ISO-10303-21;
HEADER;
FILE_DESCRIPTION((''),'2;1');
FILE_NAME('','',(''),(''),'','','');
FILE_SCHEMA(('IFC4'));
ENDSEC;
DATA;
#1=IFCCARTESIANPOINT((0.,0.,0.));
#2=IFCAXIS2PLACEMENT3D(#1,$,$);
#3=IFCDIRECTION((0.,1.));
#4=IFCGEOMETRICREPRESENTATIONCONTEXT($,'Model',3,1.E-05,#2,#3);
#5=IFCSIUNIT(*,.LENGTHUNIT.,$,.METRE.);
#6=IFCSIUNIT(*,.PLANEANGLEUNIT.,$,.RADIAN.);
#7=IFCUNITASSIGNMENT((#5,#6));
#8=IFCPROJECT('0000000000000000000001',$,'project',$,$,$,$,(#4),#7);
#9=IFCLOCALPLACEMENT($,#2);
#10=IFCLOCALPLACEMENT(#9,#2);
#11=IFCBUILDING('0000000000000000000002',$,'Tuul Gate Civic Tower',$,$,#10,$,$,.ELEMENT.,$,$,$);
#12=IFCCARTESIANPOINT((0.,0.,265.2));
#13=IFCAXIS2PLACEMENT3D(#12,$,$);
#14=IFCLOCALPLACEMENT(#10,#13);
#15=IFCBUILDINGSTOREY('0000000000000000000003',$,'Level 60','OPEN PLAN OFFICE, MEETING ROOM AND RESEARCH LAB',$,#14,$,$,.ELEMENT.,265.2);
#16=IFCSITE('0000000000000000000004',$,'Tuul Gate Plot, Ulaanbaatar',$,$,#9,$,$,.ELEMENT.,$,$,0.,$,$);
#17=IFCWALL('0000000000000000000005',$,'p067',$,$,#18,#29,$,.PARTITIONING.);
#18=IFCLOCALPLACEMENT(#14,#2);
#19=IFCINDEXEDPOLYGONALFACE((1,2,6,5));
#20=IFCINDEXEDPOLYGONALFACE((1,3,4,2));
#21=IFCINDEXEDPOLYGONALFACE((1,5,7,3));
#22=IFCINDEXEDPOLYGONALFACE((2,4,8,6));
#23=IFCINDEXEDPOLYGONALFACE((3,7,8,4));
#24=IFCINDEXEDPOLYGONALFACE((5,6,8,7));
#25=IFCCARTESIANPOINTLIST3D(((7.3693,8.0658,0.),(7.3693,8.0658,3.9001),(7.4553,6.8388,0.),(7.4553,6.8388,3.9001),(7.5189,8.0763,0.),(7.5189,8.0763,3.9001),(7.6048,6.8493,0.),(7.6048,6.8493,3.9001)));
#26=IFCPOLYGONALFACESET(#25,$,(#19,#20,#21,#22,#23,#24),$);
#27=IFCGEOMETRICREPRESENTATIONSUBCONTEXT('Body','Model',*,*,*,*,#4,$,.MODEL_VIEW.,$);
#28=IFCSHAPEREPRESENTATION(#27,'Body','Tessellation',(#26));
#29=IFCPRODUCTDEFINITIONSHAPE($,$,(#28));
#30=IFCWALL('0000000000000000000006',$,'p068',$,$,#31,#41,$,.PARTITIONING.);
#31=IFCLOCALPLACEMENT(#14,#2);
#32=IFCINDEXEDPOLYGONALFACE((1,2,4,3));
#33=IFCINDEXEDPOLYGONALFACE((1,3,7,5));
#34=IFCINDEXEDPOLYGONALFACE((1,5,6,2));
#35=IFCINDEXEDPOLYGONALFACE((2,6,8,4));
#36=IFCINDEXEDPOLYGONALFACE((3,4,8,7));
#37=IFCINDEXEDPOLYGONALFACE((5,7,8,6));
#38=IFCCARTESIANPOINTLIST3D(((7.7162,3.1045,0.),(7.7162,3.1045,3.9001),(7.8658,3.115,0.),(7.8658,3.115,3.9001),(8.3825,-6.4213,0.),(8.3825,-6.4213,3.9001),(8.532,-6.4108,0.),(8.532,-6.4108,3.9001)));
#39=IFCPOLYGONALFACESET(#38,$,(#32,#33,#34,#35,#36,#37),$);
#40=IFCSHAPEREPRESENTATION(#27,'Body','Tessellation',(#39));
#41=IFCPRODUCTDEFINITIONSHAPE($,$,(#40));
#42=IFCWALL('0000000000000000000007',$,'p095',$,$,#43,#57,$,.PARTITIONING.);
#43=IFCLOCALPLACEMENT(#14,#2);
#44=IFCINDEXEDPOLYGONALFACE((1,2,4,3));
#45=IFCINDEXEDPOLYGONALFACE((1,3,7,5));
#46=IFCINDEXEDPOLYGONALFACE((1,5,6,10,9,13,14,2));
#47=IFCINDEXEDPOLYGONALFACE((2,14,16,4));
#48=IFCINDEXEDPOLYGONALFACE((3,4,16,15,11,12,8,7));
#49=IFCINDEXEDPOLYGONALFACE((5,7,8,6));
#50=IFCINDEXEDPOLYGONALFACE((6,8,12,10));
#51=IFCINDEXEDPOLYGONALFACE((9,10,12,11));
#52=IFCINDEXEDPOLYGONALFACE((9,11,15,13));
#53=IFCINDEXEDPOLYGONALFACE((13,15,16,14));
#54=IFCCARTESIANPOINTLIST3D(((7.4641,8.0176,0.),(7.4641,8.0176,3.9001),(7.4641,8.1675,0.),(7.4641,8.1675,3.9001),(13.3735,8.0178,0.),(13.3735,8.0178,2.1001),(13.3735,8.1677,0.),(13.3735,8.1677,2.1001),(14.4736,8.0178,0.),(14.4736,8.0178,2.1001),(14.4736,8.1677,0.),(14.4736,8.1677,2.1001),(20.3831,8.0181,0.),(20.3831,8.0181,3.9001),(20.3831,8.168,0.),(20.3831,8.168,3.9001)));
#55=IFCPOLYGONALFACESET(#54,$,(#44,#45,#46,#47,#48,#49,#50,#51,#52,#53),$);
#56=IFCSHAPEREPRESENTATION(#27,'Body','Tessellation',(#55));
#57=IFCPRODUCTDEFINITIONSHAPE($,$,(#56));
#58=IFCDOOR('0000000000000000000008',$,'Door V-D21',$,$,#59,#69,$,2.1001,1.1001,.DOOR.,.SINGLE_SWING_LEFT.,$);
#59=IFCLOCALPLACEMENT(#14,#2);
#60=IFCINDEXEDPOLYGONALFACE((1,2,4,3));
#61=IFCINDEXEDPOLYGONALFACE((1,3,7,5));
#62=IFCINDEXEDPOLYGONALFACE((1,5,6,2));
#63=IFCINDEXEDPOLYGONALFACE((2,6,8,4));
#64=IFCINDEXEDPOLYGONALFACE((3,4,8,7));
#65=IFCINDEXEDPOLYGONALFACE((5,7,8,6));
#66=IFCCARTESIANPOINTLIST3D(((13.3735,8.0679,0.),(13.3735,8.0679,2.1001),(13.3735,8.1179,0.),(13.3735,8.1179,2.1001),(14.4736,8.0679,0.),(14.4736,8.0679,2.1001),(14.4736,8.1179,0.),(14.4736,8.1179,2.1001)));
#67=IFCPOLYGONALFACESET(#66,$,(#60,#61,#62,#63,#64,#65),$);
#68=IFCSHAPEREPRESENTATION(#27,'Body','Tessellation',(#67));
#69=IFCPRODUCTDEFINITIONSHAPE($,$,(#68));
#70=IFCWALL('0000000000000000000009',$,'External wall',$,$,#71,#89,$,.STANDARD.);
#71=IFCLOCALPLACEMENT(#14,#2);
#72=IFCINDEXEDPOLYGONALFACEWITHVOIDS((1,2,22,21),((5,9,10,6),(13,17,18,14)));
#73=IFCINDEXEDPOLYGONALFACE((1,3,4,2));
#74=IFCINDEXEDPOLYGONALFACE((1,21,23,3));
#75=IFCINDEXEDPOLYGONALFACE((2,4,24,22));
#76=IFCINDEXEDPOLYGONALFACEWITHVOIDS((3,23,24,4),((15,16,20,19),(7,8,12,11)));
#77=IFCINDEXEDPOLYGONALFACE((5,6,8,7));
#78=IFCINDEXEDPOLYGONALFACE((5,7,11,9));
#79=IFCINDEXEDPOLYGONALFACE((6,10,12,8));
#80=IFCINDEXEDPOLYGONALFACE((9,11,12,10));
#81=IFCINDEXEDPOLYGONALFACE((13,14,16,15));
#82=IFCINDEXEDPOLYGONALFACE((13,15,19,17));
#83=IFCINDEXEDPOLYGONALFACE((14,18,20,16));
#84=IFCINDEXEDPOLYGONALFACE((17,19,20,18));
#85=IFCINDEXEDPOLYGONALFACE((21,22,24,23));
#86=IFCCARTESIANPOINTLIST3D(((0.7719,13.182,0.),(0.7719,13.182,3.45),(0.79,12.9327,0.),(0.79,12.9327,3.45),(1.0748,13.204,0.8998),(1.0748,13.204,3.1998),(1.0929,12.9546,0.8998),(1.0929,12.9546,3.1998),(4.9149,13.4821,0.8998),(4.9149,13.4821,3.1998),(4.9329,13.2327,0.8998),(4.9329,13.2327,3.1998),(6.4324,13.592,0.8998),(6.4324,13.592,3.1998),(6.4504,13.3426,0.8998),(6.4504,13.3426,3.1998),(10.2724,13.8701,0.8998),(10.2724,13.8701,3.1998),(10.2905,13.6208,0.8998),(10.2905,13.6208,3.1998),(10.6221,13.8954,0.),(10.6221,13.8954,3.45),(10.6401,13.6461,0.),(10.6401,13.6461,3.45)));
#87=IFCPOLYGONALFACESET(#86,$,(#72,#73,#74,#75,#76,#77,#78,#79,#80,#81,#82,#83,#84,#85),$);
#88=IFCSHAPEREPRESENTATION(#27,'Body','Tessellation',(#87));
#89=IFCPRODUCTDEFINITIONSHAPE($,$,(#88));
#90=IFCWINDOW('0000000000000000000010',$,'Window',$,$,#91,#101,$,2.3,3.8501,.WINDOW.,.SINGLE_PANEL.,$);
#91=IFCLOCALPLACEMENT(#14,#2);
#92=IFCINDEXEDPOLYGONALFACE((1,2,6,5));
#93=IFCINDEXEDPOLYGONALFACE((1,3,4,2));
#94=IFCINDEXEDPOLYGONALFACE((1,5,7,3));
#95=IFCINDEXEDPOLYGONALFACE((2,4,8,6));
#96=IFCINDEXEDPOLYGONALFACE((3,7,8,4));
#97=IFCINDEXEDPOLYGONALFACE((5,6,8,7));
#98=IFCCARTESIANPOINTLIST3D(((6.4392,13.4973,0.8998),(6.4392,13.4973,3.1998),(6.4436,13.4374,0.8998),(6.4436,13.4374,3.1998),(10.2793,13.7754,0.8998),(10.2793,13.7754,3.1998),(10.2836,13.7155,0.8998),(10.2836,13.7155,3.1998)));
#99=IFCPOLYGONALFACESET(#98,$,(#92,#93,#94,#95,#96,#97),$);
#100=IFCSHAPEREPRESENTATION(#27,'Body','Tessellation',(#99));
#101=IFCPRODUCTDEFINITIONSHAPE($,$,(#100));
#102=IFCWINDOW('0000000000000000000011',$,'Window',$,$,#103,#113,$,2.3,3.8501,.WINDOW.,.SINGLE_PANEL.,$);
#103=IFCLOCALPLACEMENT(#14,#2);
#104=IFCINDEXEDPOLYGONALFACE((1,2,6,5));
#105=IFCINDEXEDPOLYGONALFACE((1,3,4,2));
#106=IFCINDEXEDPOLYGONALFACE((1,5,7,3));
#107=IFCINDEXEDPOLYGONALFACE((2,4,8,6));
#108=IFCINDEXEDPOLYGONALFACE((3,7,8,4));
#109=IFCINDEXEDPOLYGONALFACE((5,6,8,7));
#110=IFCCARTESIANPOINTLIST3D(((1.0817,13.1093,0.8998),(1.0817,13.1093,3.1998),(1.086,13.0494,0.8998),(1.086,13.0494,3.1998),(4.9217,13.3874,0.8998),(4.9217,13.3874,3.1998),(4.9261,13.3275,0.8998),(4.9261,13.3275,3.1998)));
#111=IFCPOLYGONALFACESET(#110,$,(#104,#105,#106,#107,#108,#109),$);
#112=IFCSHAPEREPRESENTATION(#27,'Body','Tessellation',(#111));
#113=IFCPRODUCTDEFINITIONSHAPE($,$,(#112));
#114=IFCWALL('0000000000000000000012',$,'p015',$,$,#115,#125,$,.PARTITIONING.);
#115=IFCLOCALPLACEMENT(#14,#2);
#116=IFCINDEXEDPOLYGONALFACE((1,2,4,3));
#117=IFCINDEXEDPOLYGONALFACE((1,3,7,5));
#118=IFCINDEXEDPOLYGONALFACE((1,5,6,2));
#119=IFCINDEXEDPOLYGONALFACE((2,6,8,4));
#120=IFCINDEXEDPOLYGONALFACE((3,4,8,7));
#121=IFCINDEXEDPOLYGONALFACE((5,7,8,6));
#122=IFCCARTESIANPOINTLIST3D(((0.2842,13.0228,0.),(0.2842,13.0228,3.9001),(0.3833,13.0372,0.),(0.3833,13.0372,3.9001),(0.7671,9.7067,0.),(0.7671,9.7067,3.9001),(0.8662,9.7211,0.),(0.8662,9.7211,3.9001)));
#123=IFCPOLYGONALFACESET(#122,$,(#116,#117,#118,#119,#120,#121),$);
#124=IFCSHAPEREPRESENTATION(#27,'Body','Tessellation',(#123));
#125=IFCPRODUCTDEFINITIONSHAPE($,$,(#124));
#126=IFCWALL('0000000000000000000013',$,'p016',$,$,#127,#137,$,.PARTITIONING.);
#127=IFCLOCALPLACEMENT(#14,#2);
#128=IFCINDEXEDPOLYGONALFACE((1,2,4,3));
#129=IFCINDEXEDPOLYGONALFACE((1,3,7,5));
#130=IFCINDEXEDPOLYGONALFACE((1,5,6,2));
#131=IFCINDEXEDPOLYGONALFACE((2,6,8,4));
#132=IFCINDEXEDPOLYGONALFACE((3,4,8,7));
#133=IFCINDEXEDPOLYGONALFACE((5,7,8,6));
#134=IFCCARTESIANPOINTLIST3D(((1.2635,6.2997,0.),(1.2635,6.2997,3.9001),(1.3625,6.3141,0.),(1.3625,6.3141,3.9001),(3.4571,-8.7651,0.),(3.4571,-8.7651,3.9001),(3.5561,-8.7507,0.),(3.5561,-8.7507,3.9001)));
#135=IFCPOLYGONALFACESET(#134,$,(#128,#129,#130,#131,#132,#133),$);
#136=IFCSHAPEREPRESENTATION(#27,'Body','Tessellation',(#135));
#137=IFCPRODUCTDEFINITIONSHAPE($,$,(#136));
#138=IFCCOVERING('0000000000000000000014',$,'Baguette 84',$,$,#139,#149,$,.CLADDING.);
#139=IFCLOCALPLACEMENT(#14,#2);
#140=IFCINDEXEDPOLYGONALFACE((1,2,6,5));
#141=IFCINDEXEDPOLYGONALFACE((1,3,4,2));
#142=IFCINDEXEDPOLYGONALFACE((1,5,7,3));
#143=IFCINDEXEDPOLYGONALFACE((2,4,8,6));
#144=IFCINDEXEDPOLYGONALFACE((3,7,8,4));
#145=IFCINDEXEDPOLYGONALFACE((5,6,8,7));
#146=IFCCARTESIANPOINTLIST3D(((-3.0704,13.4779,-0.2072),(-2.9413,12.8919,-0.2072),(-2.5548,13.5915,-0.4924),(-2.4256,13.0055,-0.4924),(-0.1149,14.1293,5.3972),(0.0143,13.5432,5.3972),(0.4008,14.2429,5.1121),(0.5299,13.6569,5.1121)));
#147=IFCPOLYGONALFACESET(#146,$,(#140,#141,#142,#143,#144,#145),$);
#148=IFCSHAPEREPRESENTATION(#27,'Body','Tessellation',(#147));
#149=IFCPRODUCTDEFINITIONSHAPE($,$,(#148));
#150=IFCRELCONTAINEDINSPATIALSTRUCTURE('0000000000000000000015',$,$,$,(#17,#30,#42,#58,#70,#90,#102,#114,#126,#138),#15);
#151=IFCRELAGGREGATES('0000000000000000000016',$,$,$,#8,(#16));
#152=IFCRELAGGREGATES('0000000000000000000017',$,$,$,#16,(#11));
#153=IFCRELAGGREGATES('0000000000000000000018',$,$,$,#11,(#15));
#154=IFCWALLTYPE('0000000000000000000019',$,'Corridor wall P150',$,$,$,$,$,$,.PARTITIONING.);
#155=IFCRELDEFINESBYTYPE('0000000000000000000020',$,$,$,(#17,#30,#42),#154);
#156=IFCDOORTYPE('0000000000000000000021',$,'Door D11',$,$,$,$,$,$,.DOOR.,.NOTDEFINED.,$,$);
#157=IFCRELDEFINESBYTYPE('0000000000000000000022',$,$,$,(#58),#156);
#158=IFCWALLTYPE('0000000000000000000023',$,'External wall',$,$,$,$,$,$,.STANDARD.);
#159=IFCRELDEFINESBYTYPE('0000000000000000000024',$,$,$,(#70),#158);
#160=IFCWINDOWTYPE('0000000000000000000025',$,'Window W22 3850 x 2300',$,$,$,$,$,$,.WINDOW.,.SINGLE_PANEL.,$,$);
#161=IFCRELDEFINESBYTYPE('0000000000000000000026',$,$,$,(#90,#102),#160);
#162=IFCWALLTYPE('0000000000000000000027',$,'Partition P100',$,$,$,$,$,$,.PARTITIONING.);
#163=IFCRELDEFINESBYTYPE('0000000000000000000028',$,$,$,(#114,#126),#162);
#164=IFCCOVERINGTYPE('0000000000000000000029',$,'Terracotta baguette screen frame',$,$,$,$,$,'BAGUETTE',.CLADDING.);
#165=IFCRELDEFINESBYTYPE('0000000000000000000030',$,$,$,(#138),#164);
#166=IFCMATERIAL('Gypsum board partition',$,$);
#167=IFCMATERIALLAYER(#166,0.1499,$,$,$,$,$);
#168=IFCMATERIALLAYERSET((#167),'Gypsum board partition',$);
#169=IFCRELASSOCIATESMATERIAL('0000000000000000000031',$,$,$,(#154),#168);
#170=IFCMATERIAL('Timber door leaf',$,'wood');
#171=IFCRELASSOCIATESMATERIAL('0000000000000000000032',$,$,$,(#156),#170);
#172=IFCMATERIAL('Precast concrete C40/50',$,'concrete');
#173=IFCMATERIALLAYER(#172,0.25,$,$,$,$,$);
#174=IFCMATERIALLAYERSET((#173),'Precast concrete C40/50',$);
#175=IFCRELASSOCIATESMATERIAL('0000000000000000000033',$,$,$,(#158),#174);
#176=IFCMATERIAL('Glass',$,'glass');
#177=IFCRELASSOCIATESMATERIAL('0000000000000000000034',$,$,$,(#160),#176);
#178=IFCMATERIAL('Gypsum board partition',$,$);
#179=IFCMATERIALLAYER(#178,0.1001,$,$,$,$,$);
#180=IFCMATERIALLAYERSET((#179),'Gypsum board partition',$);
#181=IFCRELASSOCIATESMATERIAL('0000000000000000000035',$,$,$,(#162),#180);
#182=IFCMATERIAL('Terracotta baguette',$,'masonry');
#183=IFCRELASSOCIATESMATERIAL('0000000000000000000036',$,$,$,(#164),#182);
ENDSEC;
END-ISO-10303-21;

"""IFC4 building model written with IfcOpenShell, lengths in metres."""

from ifc_helpers import new_model, si_unit, direction, frame, frame_2d, origin, origin_2d, place, context, subcontext, project, spatial, rectangle, extrude, material, layer, layer_set, material_profile, profile_set, type_object, element, fill, save


model = new_model("IFC4")

# Units and contexts
model_context = context("Model", 3, precision=1e-05, world=origin(), true_north=direction((0.0, 1.0)))
body_context = subcontext(model_context, "Body", "Model", "MODEL_VIEW")
ifc_project = project(units=[si_unit("LENGTHUNIT", "METRE"), si_unit("PLANEANGLEUNIT", "RADIAN")], contexts=[model_context])

# Site, building, storey
site_placement = place(None, origin())
site = spatial("IfcSite", under=ifc_project, at=site_placement, Name="Tuul Gate Plot, Ulaanbaatar", CompositionType="ELEMENT", RefElevation=0.0)
building_placement = place(site_placement, origin())
building = spatial("IfcBuilding", under=site, at=building_placement, Name="Tuul Gate Civic Tower", CompositionType="ELEMENT")
storey_placement = place(building_placement, frame((0.0, 0.0, 265.2)))
storey = spatial("IfcBuildingStorey", under=building, at=storey_placement, Name="Level 60", Description="OPEN PLAN OFFICE, MEETING ROOM AND RESEARCH LAB", CompositionType="ELEMENT", Elevation=265.2)

# Shared definitions
ifc_material_1 = material(Name="Gypsum board partition")
ifc_layer_1 = layer(ifc_material_1, 0.1499)
ifc_layer_set_1 = layer_set([ifc_layer_1], Name="Gypsum board partition")
wall_type_1 = type_object("IfcWallType", Name="Corridor wall P150", PredefinedType="PARTITIONING", material=ifc_layer_set_1)

# Walls
wall_1_placement = place(storey_placement, frame((7.4441, 8.071, 0.0), z_axis=(0.0, 0.0, 1.0), x_axis=(0.069865, -0.997556, 0.0)))
element("IfcWall", 1, at=wall_1_placement, inside=storey, type_object=wall_type_1, Name="p067", PredefinedType="PARTITIONING", context=body_context, shape_type="SweptSolid", body=[
    extrude(rectangle(XDim=1.23, YDim=0.1499, at=frame_2d((0.615, 0.0))), origin(), (0.0, 0.0, 1.0), 3.9001),
])
wall_2_placement = place(storey_placement, frame((7.791, 3.1096, 0.0), z_axis=(0.0, 0.0, 1.0), x_axis=(0.069772, -0.997563, 0.0)))
element("IfcWall", 2, at=wall_2_placement, inside=storey, type_object=wall_type_1, Name="p068", PredefinedType="PARTITIONING", context=body_context, shape_type="SweptSolid", body=[
    extrude(rectangle(XDim=9.5491, YDim=0.1499, at=frame_2d((4.7744, 0.0))), origin(), (0.0, 0.0, 1.0), 3.9001),
])

# Wall, opening, door
wall_3_placement = place(storey_placement, frame((7.4641, 8.0925, 0.0), z_axis=(0.0, 0.0, 1.0), x_axis=(1.0, 0.000038, 0.0)))
wall_3 = element("IfcWall", 3, at=wall_3_placement, inside=storey, type_object=wall_type_1, Name="p095", PredefinedType="PARTITIONING", context=body_context, shape_type="SweptSolid", body=[
    extrude(rectangle(XDim=12.9189, YDim=0.1499, at=frame_2d((6.4595, 0.0))), origin(), (0.0, 0.0, 1.0), 3.9001),
])
opening_1_placement = place(wall_3_placement, frame((5.9094, 0.0, 0.0)))
opening_1 = element("IfcOpeningElement", 4, at=opening_1_placement, cuts=wall_3, PredefinedType="OPENING", context=body_context, shape_type="SweptSolid", body=[
    extrude(rectangle(XDim=1.1001, YDim=2.1001, at=frame_2d((0.55, 1.05))), frame((0.0, 0.085, 0.0), z_axis=(0.0, -1.0, 0.0), x_axis=(1.0, 0.0, 0.0)), (0.0, 0.0, 1.0), 0.1699),
])
ifc_material_2 = material(Name="Timber door leaf", Category="wood")
door_type_1 = type_object("IfcDoorType", Name="Door D11", OperationType="NOTDEFINED", PredefinedType="DOOR", material=ifc_material_2)
door_1_placement = place(opening_1_placement, frame((1.1001, 0.0, 0.0), z_axis=(0.0, 0.0, 1.0), x_axis=(-1.0, 0.0, 0.0)))
door_1 = element("IfcDoor", 5, at=door_1_placement, inside=storey, type_object=door_type_1, Name="Door V-D21", OperationType="SINGLE_SWING_LEFT", OverallHeight=2.1001, OverallWidth=1.1001, PredefinedType="DOOR", context=body_context, shape_type="SweptSolid", body=[
    extrude(rectangle(XDim=1.1001, YDim=2.1001, at=frame_2d((0.55, 1.05))), frame((0.0, 0.0249, 0.0), z_axis=(0.0, -1.0, 0.0), x_axis=(1.0, 0.0, 0.0)), (0.0, 0.0, 1.0), 0.05),
])
fill(opening_1, door_1)

# Wall, openings, windows
ifc_material_3 = material(Name="Precast concrete C40/50", Category="concrete")
ifc_layer_2 = layer(ifc_material_3, 0.25)
ifc_layer_set_2 = layer_set([ifc_layer_2], Name="Precast concrete C40/50")
wall_type_2 = type_object("IfcWallType", Name="External wall", PredefinedType="STANDARD", material=ifc_layer_set_2)
wall_4_placement = place(storey_placement, frame((10.6311, 13.7708, 0.0), z_axis=(0.0, 0.0, 1.0), x_axis=(-0.997388, -0.072234, 0.0)))
wall_4 = element("IfcWall", 6, at=wall_4_placement, inside=storey, type_object=wall_type_2, Name="External wall", PredefinedType="STANDARD", context=body_context, shape_type="SweptSolid", body=[
    extrude(rectangle(XDim=9.876, YDim=0.25, at=frame_2d((4.938, 0.0))), origin(), (0.0, 0.0, 1.0), 3.45),
])
opening_2_placement = place(wall_4_placement, frame((0.3506, 0.0, 0.8999)))
opening_2 = element("IfcOpeningElement", 7, at=opening_2_placement, cuts=wall_4, PredefinedType="OPENING", context=body_context, shape_type="SweptSolid", body=[
    extrude(rectangle(XDim=3.8501, YDim=2.3, at=frame_2d((1.925, 1.1499))), frame((0.0, 0.135, 0.0), z_axis=(0.0, -1.0, 0.0), x_axis=(1.0, 0.0, 0.0)), (0.0, 0.0, 1.0), 0.27),
])
opening_3_placement = place(wall_4_placement, frame((5.7222, 0.0, 0.8999)))
opening_3 = element("IfcOpeningElement", 8, at=opening_3_placement, cuts=wall_4, PredefinedType="OPENING", context=body_context, shape_type="SweptSolid", body=[
    extrude(rectangle(XDim=3.8501, YDim=2.3, at=frame_2d((1.925, 1.1499))), frame((0.0, 0.135, 0.0), z_axis=(0.0, -1.0, 0.0), x_axis=(1.0, 0.0, 0.0)), (0.0, 0.0, 1.0), 0.27),
])
ifc_material_4 = material(Name="Glass", Category="glass")
window_type = type_object("IfcWindowType", Name="Window W22 3850 x 2300", PartitioningType="SINGLE_PANEL", PredefinedType="WINDOW", material=ifc_material_4)
window_1_placement = place(opening_2_placement, origin())
window_1 = element("IfcWindow", 9, at=window_1_placement, inside=storey, type_object=window_type, Name="Window", OverallHeight=2.3, OverallWidth=3.8501, PartitioningType="SINGLE_PANEL", PredefinedType="WINDOW", context=body_context, shape_type="SweptSolid", body=[
    extrude(rectangle(XDim=3.8501, YDim=2.3, at=frame_2d((1.925, 1.1499))), frame((0.0, 0.03, 0.0), z_axis=(0.0, -1.0, 0.0), x_axis=(1.0, 0.0, 0.0)), (0.0, 0.0, 1.0), 0.0601),
])
fill(opening_2, window_1)
window_2_placement = place(opening_3_placement, origin())
window_2 = element("IfcWindow", 10, at=window_2_placement, inside=storey, type_object=window_type, Name="Window", OverallHeight=2.3, OverallWidth=3.8501, PartitioningType="SINGLE_PANEL", PredefinedType="WINDOW", context=body_context, shape_type="SweptSolid", body=[
    extrude(rectangle(XDim=3.8501, YDim=2.3, at=frame_2d((1.925, 1.1499))), frame((0.0, 0.03, 0.0), z_axis=(0.0, -1.0, 0.0), x_axis=(1.0, 0.0, 0.0)), (0.0, 0.0, 1.0), 0.0601),
])
fill(opening_3, window_2)

# Walls
ifc_material_5 = material(Name="Gypsum board partition")
ifc_layer_3 = layer(ifc_material_5, 0.1001)
ifc_layer_set_3 = layer_set([ifc_layer_3], Name="Gypsum board partition")
wall_type_3 = type_object("IfcWallType", Name="Partition P100", PredefinedType="PARTITIONING", material=ifc_layer_set_3)
wall_5_placement = place(storey_placement, frame((0.3337, 13.03, 0.0), z_axis=(0.0, 0.0, 1.0), x_axis=(0.144103, -0.989563, 0.0)))
element("IfcWall", 11, at=wall_5_placement, inside=storey, type_object=wall_type_3, Name="p015", PredefinedType="PARTITIONING", context=body_context, shape_type="SweptSolid", body=[
    extrude(rectangle(XDim=3.3511, YDim=0.1001, at=frame_2d((1.6755, 0.0))), origin(), (0.0, 0.0, 1.0), 3.9001),
])
wall_6_placement = place(storey_placement, frame((1.313, 6.3069, 0.0), z_axis=(0.0, 0.0, 1.0), x_axis=(0.144093, -0.989564, 0.0)))
element("IfcWall", 12, at=wall_6_placement, inside=storey, type_object=wall_type_3, Name="p016", PredefinedType="PARTITIONING", context=body_context, shape_type="SweptSolid", body=[
    extrude(rectangle(XDim=15.2236, YDim=0.1001, at=frame_2d((7.6118, 0.0))), origin(), (0.0, 0.0, 1.0), 3.9001),
])

# Covering
ifc_material_6 = material(Name="Terracotta baguette", Category="masonry")
ifc_material_profile_1 = material_profile(ifc_material_6, rectangle(XDim=0.6001, YDim=0.6001, at=origin_2d()), Name="Terracotta baguette screen frame")
ifc_profile_set_1 = profile_set([ifc_material_profile_1], Name="Terracotta baguette")
covering_type = type_object("IfcCoveringType", Name="Terracotta baguette screen frame", ElementType="BAGUETTE", PredefinedType="CLADDING", material=ifc_profile_set_1)
covering_placement = place(storey_placement, frame((0.2075, 13.8931, 5.2546), z_axis=(-0.464022, -0.102264, -0.879901), x_axis=(0.215222, -0.976565, 0.0)))
element("IfcCovering", 13, at=covering_placement, inside=storey, type_object=covering_type, Name="Baguette 84", PredefinedType="CLADDING", context=body_context, shape_type="SweptSolid", body=[
    extrude(rectangle(XDim=0.6001, YDim=0.6001, at=origin_2d()), origin(), (0.0, 0.0, 1.0), 6.3694),
])

save(model, "model.ifc")
